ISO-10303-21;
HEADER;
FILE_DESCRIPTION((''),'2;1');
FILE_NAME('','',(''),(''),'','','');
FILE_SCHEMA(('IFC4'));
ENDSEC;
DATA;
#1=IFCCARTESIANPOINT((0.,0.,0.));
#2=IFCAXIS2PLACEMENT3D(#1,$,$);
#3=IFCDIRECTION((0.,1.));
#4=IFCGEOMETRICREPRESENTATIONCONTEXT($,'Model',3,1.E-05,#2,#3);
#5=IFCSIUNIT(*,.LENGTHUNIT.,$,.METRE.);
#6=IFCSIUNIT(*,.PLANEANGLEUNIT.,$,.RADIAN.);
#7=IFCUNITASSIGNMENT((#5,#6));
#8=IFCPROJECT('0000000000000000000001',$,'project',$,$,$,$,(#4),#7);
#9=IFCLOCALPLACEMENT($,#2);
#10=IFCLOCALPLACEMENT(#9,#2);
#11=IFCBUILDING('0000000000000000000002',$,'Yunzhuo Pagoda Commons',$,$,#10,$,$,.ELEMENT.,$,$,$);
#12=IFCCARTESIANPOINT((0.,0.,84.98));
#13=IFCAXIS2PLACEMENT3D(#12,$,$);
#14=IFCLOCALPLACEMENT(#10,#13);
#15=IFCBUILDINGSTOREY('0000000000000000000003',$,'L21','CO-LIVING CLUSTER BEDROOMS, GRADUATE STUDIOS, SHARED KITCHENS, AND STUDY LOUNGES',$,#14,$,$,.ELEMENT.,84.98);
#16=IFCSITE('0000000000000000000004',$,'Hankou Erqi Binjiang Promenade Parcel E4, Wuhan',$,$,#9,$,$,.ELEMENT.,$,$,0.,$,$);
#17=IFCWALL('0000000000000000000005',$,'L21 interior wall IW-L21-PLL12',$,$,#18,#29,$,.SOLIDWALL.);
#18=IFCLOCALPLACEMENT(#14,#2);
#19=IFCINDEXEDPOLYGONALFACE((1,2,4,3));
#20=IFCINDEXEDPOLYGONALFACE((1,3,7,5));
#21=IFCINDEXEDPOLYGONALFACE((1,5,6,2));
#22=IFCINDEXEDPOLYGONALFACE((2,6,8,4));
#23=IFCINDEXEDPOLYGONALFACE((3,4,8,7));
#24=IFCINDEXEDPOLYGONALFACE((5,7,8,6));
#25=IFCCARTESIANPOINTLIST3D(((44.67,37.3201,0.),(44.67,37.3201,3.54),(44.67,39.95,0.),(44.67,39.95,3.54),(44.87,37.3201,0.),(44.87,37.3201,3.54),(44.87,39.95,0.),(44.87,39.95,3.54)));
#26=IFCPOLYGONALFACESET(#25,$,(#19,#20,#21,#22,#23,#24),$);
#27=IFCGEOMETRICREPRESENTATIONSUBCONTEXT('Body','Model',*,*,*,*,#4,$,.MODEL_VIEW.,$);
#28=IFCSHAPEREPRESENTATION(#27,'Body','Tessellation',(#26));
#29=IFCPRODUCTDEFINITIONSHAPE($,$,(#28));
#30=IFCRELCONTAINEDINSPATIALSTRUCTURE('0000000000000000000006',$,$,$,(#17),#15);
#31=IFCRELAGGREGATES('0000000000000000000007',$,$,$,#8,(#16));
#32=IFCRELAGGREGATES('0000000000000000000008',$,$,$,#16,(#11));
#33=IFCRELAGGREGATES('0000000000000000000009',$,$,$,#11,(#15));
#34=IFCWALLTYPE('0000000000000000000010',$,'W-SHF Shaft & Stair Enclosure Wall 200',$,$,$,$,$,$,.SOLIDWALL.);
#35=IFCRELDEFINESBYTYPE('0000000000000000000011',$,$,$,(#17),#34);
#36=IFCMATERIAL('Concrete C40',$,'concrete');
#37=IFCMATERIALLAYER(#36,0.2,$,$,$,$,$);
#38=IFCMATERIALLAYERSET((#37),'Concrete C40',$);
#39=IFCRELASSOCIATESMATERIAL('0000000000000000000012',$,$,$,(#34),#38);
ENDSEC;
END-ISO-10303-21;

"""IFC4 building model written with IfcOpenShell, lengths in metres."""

from ifc_helpers import new_model, si_unit, direction, frame, frame_2d, origin, place, context, subcontext, project, spatial, rectangle, extrude, material, layer, layer_set, type_object, element, save


model = new_model("IFC4")

# Units and contexts
model_context = context("Model", 3, precision=1e-05, world=origin(), true_north=direction((0.0, 1.0)))
body_context = subcontext(model_context, "Body", "Model", "MODEL_VIEW")
ifc_project = project(units=[si_unit("LENGTHUNIT", "METRE"), si_unit("PLANEANGLEUNIT", "RADIAN")], contexts=[model_context])

# Site, building, storey
site_placement = place(None, origin())
site = spatial("IfcSite", under=ifc_project, at=site_placement, Name="Hankou Erqi Binjiang Promenade Parcel E4, Wuhan", CompositionType="ELEMENT", RefElevation=0.0)
building_placement = place(site_placement, origin())
building = spatial("IfcBuilding", under=site, at=building_placement, Name="Yunzhuo Pagoda Commons", CompositionType="ELEMENT")
storey_placement = place(building_placement, frame((0.0, 0.0, 84.98)))
storey = spatial("IfcBuildingStorey", under=building, at=storey_placement, Name="L21", Description="CO-LIVING CLUSTER BEDROOMS, GRADUATE STUDIOS, SHARED KITCHENS, AND STUDY LOUNGES", CompositionType="ELEMENT", Elevation=84.98)

# Shared definitions
ifc_material_1 = material(Name="Concrete C40", Category="concrete")
ifc_layer_1 = layer(ifc_material_1, 0.2)
ifc_layer_set_1 = layer_set([ifc_layer_1], Name="Concrete C40")
wall_type_1 = type_object("IfcWallType", Name="W-SHF Shaft & Stair Enclosure Wall 200", PredefinedType="SOLIDWALL", material=ifc_layer_set_1)

# Wall
wall_1_placement = place(storey_placement, frame((44.77, 37.3201, 0.0), z_axis=(0.0, 0.0, 1.0), x_axis=(0.0, 1.0, 0.0)))
element("IfcWall", 1, at=wall_1_placement, inside=storey, type_object=wall_type_1, Name="L21 interior wall IW-L21-PLL12", PredefinedType="SOLIDWALL", context=body_context, shape_type="SweptSolid", body=[
    extrude(rectangle(XDim=2.6299, YDim=0.2, at=frame_2d((1.3149, 0.0))), origin(), (0.0, 0.0, 1.0), 3.54),
])

save(model, "model.ifc")
